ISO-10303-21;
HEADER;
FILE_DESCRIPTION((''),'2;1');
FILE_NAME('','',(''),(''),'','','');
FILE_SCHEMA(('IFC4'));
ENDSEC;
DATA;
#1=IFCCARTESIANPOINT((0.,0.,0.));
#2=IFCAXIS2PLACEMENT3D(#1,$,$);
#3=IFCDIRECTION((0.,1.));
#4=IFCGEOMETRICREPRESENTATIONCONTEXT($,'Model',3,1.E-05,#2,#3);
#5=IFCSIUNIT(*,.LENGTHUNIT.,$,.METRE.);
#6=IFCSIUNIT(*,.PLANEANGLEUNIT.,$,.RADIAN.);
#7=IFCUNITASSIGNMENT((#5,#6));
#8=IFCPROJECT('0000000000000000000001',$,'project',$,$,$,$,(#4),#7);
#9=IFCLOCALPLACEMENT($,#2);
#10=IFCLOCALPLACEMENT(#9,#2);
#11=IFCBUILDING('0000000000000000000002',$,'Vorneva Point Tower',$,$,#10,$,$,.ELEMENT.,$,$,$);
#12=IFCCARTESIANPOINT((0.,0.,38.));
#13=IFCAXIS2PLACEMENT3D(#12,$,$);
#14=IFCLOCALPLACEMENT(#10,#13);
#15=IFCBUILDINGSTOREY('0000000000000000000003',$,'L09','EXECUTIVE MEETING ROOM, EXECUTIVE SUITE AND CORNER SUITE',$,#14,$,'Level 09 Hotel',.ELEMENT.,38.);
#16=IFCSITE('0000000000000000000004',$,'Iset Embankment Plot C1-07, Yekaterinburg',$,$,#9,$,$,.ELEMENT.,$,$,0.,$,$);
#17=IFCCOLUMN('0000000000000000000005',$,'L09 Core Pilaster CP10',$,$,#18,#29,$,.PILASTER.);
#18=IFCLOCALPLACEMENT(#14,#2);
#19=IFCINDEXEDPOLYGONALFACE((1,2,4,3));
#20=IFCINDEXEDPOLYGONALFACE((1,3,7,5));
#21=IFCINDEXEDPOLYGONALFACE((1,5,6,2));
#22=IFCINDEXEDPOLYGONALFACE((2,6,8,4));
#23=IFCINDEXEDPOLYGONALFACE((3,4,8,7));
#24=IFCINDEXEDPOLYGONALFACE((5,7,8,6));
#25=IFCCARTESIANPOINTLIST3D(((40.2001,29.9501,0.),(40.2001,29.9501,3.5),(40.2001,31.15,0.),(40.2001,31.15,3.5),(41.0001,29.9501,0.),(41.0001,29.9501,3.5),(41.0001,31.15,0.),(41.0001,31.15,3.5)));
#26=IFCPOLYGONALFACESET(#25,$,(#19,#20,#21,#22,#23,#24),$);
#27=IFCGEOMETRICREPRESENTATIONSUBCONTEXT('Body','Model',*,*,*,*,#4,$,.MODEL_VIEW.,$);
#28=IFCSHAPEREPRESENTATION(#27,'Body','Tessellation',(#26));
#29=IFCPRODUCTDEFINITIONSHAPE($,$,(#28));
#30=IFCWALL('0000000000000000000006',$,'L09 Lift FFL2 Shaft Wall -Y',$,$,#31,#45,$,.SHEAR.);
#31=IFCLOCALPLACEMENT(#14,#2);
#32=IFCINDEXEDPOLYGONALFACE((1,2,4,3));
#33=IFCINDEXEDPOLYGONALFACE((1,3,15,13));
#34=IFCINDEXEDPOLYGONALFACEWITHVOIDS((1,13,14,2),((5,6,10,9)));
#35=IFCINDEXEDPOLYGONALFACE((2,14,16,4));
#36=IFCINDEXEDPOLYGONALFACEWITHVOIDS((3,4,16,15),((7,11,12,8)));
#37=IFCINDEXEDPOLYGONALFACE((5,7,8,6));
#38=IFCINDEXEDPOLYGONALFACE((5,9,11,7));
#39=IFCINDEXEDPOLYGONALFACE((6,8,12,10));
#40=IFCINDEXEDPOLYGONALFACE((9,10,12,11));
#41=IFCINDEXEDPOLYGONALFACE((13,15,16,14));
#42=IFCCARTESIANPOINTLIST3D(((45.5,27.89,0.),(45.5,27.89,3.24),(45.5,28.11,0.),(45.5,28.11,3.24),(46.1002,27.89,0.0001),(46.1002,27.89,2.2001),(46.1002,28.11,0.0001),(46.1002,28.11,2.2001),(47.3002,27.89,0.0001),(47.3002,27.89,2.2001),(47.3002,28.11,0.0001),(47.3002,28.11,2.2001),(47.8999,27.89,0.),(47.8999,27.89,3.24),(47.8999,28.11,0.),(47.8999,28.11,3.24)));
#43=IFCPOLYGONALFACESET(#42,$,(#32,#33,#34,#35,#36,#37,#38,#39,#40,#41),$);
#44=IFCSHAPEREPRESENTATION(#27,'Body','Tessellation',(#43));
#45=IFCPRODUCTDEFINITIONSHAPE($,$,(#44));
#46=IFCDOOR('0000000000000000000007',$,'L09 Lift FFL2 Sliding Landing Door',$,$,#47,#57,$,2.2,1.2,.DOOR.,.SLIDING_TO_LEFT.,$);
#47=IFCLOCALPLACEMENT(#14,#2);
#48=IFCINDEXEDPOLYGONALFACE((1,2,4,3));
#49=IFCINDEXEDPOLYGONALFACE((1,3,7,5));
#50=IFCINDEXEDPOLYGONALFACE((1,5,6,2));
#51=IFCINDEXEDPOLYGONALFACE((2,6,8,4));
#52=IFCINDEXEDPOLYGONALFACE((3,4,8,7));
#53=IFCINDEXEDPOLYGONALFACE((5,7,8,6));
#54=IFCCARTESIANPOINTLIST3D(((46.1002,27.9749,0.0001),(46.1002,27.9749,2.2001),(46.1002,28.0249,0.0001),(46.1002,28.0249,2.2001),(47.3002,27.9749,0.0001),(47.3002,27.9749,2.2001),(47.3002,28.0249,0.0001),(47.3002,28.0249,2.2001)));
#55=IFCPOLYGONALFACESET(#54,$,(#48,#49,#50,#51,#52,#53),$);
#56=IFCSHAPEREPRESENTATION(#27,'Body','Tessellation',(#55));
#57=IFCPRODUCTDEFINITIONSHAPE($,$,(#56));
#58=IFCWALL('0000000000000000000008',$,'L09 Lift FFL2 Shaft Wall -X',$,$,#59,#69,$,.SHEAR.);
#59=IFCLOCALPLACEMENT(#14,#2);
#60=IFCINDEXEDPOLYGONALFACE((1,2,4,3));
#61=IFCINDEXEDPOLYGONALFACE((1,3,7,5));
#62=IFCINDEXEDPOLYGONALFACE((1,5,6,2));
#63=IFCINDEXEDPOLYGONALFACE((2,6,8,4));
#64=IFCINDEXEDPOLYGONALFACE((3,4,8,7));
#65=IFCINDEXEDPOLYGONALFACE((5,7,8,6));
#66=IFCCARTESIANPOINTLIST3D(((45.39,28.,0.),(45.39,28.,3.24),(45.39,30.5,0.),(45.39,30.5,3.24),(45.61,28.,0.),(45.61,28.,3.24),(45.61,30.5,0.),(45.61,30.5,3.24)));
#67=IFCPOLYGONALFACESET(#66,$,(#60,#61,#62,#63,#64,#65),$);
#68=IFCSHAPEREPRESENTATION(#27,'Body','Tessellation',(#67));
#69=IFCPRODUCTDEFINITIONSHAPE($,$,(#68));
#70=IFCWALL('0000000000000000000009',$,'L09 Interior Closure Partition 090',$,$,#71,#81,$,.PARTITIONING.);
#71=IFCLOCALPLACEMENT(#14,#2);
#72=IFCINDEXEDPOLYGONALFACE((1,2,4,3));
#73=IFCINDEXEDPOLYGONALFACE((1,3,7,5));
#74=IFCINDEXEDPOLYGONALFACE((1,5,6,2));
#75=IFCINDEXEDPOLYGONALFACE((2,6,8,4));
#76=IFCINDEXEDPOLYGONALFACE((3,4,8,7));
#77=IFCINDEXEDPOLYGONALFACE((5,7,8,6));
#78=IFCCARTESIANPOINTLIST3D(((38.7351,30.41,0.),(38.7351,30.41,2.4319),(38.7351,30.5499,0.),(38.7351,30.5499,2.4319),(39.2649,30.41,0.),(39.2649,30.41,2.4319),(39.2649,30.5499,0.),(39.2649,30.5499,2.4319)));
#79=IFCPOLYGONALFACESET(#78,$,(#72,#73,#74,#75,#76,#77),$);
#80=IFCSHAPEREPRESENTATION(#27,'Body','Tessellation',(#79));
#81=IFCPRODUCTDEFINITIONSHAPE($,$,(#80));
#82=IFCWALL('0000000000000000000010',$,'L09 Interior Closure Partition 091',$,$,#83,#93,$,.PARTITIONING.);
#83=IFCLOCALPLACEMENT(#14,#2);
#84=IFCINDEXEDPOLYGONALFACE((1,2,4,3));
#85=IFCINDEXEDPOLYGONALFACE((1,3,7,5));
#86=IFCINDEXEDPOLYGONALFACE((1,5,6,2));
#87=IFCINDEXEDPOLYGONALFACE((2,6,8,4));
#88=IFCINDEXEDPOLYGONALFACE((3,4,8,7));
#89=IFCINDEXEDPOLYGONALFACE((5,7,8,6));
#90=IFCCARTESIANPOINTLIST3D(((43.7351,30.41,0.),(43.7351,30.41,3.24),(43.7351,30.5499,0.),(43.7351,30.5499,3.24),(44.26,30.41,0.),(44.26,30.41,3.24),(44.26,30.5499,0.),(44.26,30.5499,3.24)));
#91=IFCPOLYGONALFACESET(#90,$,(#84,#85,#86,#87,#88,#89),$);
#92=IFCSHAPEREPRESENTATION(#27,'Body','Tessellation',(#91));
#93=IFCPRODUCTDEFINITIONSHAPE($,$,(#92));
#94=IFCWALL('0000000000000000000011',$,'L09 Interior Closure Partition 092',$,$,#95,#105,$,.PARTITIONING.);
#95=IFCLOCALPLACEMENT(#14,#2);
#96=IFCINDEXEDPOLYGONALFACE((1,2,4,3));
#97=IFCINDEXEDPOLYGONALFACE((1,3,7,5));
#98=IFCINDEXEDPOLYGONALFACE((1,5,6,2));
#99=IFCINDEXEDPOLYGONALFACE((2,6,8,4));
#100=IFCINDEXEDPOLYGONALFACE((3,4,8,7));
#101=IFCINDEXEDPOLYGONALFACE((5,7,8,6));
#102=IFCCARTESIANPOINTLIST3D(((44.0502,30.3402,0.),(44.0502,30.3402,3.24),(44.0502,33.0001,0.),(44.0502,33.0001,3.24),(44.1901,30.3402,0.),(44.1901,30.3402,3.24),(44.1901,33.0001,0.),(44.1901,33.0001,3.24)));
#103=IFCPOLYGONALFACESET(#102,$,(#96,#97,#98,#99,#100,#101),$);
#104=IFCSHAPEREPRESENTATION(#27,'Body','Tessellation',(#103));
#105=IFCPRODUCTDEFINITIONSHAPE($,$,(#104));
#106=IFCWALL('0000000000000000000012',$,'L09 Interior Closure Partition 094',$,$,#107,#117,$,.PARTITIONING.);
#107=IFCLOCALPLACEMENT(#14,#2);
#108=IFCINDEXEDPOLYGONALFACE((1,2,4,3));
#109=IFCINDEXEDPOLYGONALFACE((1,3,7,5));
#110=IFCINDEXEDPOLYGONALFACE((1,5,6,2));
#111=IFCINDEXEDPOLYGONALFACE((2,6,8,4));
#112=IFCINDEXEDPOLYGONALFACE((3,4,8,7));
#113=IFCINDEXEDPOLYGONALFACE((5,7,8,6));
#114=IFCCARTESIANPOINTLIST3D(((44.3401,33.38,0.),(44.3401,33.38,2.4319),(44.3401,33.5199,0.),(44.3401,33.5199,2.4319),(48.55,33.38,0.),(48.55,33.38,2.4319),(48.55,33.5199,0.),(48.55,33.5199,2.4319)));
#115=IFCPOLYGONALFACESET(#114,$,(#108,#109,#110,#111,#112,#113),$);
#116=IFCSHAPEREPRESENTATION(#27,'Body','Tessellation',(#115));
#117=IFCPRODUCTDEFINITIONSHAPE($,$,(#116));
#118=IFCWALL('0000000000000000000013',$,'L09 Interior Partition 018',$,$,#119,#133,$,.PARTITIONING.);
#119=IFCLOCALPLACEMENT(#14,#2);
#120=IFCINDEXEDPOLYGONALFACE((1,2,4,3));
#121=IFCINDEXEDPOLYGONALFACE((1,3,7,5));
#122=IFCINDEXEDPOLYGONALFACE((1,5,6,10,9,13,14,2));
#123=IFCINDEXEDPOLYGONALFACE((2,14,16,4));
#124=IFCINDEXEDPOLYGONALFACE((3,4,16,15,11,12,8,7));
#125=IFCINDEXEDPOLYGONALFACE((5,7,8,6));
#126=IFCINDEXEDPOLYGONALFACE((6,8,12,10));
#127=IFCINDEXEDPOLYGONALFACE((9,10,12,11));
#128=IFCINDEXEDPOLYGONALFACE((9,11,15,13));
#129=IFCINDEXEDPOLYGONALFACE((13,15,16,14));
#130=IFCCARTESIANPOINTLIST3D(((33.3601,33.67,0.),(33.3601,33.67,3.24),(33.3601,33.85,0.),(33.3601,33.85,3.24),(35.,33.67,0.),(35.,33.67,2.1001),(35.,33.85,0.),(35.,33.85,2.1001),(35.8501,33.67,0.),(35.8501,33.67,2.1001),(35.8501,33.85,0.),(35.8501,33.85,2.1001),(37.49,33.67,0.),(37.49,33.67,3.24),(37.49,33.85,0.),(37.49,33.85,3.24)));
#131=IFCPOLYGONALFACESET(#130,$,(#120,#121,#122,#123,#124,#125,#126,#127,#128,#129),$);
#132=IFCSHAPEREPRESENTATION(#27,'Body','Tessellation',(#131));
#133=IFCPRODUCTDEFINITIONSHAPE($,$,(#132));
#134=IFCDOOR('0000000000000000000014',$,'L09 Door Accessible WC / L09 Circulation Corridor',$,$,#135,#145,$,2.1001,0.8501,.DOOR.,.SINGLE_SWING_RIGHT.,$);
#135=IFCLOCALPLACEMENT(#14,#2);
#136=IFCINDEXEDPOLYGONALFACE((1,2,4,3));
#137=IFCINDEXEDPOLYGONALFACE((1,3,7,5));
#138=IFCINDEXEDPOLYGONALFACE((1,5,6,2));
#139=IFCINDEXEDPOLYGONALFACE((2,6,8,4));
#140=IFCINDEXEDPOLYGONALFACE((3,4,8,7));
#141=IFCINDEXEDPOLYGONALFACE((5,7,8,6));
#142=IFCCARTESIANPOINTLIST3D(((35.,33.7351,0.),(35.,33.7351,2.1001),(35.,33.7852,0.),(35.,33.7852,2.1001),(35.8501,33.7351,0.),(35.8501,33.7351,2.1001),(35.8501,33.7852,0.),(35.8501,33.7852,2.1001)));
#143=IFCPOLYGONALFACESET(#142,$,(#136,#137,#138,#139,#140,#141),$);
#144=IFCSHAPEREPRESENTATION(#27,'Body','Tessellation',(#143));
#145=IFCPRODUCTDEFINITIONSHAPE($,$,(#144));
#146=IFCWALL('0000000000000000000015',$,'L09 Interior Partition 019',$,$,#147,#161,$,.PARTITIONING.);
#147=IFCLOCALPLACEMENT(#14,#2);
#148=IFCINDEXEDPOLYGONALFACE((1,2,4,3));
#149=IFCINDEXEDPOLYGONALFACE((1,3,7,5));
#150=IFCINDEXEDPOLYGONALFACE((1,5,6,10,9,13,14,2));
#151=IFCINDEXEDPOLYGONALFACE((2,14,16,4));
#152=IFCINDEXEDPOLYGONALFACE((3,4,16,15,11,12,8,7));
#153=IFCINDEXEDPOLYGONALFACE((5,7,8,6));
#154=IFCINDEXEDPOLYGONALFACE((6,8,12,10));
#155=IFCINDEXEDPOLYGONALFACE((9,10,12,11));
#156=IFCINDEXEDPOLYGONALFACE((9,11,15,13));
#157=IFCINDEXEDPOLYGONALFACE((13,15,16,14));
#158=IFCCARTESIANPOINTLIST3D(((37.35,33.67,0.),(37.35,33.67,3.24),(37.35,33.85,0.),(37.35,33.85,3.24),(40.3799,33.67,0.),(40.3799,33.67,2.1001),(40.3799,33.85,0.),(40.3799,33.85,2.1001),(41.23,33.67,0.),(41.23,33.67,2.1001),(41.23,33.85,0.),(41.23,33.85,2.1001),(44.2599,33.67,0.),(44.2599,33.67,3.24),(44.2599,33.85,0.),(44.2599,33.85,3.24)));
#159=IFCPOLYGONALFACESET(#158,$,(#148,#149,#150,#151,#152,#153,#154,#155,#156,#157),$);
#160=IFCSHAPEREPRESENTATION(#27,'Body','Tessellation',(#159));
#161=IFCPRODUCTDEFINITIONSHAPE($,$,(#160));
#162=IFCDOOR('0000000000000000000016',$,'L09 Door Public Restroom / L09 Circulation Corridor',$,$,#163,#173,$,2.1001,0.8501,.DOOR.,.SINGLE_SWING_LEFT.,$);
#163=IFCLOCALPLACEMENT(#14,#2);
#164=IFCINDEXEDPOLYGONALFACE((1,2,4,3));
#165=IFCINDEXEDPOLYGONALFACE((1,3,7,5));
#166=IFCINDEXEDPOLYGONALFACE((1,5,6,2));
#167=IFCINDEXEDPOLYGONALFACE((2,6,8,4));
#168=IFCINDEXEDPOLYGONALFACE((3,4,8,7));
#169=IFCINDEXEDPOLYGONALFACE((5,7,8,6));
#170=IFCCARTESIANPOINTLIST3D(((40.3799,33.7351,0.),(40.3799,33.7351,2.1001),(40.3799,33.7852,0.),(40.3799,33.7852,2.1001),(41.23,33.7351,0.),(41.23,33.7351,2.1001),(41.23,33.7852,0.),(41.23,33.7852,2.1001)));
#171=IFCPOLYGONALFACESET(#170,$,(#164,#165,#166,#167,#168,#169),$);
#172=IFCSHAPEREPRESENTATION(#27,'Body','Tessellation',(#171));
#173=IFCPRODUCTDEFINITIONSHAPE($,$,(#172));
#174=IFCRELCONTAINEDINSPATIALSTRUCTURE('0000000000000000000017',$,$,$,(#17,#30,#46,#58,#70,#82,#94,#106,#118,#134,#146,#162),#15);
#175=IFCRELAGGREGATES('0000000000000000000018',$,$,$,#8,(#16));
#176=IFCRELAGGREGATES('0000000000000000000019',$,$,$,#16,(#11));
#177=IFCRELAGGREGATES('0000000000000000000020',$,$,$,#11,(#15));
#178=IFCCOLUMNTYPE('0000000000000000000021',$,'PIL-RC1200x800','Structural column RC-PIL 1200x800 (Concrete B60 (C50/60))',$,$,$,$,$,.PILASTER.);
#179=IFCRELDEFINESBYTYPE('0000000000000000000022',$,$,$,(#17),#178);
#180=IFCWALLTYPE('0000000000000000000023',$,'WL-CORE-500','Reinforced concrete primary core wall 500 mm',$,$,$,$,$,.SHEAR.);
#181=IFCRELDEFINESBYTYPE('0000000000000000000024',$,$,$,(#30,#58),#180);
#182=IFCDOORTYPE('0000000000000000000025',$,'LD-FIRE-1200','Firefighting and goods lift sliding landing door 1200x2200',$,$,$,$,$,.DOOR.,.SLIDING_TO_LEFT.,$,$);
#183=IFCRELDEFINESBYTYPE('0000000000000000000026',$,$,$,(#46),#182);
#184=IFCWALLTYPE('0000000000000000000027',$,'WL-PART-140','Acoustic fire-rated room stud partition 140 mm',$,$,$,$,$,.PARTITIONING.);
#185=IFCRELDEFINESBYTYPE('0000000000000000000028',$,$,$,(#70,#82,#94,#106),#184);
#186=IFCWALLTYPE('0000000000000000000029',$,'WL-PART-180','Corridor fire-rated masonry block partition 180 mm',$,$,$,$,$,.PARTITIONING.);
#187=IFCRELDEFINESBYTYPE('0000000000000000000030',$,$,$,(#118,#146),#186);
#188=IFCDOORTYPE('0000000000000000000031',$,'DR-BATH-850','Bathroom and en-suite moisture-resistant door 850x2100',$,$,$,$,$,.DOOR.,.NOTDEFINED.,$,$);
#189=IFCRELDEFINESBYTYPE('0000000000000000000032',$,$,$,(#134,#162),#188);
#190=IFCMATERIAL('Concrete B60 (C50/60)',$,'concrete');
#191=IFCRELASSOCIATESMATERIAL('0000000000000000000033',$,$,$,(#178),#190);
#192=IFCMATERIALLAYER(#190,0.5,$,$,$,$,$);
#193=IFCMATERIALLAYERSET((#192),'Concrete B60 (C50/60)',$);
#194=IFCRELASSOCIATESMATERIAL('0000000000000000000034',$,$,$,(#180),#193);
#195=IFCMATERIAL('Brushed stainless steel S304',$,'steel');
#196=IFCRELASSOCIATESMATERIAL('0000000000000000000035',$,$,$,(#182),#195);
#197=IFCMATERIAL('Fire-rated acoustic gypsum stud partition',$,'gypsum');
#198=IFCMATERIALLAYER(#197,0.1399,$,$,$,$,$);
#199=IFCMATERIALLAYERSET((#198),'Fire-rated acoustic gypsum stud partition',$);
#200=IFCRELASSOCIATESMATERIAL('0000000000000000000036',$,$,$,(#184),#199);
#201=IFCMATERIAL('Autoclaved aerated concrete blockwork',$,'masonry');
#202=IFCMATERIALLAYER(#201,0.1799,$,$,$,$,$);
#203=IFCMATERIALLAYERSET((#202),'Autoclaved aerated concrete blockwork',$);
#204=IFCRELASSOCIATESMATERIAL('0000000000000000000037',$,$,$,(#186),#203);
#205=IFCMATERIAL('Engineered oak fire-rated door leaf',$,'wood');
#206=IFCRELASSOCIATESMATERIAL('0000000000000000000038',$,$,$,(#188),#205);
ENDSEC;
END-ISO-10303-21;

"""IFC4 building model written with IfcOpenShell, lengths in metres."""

from ifc_helpers import new_model, si_unit, direction, frame, frame_2d, origin, origin_2d, place, context, subcontext, project, spatial, rectangle, extrude, material, layer, layer_set, material_profile, profile_set, type_object, element, fill, save


model = new_model("IFC4")

# Units and contexts
model_context = context("Model", 3, precision=1e-05, world=origin(), true_north=direction((0.0, 1.0)))
body_context = subcontext(model_context, "Body", "Model", "MODEL_VIEW")
ifc_project = project(units=[si_unit("LENGTHUNIT", "METRE"), si_unit("PLANEANGLEUNIT", "RADIAN")], contexts=[model_context])

# Site, building, storey
site_placement = place(None, origin())
site = spatial("IfcSite", under=ifc_project, at=site_placement, Name="Iset Embankment Plot C1-07, Yekaterinburg", CompositionType="ELEMENT", RefElevation=0.0)
building_placement = place(site_placement, origin())
building = spatial("IfcBuilding", under=site, at=building_placement, Name="Vorneva Point Tower", CompositionType="ELEMENT")
storey_placement = place(building_placement, frame((0.0, 0.0, 38.0)))
storey = spatial("IfcBuildingStorey", under=building, at=storey_placement, Name="L09", Description="EXECUTIVE MEETING ROOM, EXECUTIVE SUITE AND CORNER SUITE", LongName="Level 09 Hotel", CompositionType="ELEMENT", Elevation=38.0)

# Column
ifc_material_1 = material(Name="Concrete B60 (C50/60)", Category="concrete")
ifc_material_profile = material_profile(ifc_material_1, rectangle(XDim=0.8, YDim=1.2, at=origin_2d()), Name="RC-PIL 1200x800")
ifc_profile_set = profile_set([ifc_material_profile], Name="Concrete B60 (C50/60)")
column_type = type_object("IfcColumnType", Name="PIL-RC1200x800", Description="Structural column RC-PIL 1200x800 (Concrete B60 (C50/60))", PredefinedType="PILASTER", material=ifc_profile_set)
column_placement = place(storey_placement, frame((40.6001, 30.55, 0.0), z_axis=(0.0, 0.0, 1.0), x_axis=(1.0, 0.0, 0.0)))
element("IfcColumn", 1, at=column_placement, inside=storey, type_object=column_type, Name="L09 Core Pilaster CP10", PredefinedType="PILASTER", context=body_context, shape_type="SweptSolid", body=[
    extrude(rectangle(XDim=0.8, YDim=1.2, at=origin_2d()), origin(), (0.0, 0.0, 1.0), 3.5),
])

# Wall, opening, door
ifc_layer_1 = layer(ifc_material_1, 0.5)
ifc_layer_set_1 = layer_set([ifc_layer_1], Name="Concrete B60 (C50/60)")
wall_type_1 = type_object("IfcWallType", Name="WL-CORE-500", Description="Reinforced concrete primary core wall 500 mm", PredefinedType="SHEAR", material=ifc_layer_set_1)
wall_1_placement = place(storey_placement, frame((45.5, 28.0, 0.0), z_axis=(0.0, 0.0, 1.0), x_axis=(1.0, 0.0, 0.0)))
wall_1 = element("IfcWall", 2, at=wall_1_placement, inside=storey, type_object=wall_type_1, Name="L09 Lift FFL2 Shaft Wall -Y", PredefinedType="SHEAR", context=body_context, shape_type="SweptSolid", body=[
    extrude(rectangle(XDim=2.3999, YDim=0.22, at=frame_2d((1.2, 0.0))), origin(), (0.0, 0.0, 1.0), 3.24),
])
opening_1_placement = place(wall_1_placement, frame((0.6001, 0.0, 0.0)))
opening_1 = element("IfcOpeningElement", 3, at=opening_1_placement, cuts=wall_1, PredefinedType="OPENING", context=body_context, shape_type="SweptSolid", body=[
    extrude(rectangle(XDim=1.2, YDim=2.2, at=frame_2d((0.6001, 1.1001))), frame((0.0, 0.125, 0.0), z_axis=(0.0, -1.0, 0.0), x_axis=(1.0, 0.0, 0.0)), (0.0, 0.0, 1.0), 0.2498),
])
ifc_material_2 = material(Name="Brushed stainless steel S304", Category="steel")
door_type_1 = type_object("IfcDoorType", Name="LD-FIRE-1200", Description="Firefighting and goods lift sliding landing door 1200x2200", OperationType="SLIDING_TO_LEFT", PredefinedType="DOOR", material=ifc_material_2)
door_1_placement = place(opening_1_placement, origin())
door_1 = element("IfcDoor", 4, at=door_1_placement, inside=storey, type_object=door_type_1, Name="L09 Lift FFL2 Sliding Landing Door", OperationType="SLIDING_TO_LEFT", OverallHeight=2.2, OverallWidth=1.2, PredefinedType="DOOR", context=body_context, shape_type="SweptSolid", body=[
    extrude(rectangle(XDim=1.2, YDim=2.2, at=frame_2d((0.6001, 1.1001))), frame((0.0, 0.0249, 0.0), z_axis=(0.0, -1.0, 0.0), x_axis=(1.0, 0.0, 0.0)), (0.0, 0.0, 1.0), 0.05),
])
fill(opening_1, door_1)

# Walls
wall_2_placement = place(storey_placement, frame((45.5, 30.5, 0.0), z_axis=(0.0, 0.0, 1.0), x_axis=(0.0, -1.0, 0.0)))
element("IfcWall", 5, at=wall_2_placement, inside=storey, type_object=wall_type_1, Name="L09 Lift FFL2 Shaft Wall -X", PredefinedType="SHEAR", context=body_context, shape_type="SweptSolid", body=[
    extrude(rectangle(XDim=2.5, YDim=0.22, at=frame_2d((1.25, 0.0))), origin(), (0.0, 0.0, 1.0), 3.24),
])
ifc_material_3 = material(Name="Fire-rated acoustic gypsum stud partition", Category="gypsum")
ifc_layer_2 = layer(ifc_material_3, 0.1399)
ifc_layer_set_2 = layer_set([ifc_layer_2], Name="Fire-rated acoustic gypsum stud partition")
wall_type_2 = type_object("IfcWallType", Name="WL-PART-140", Description="Acoustic fire-rated room stud partition 140 mm", PredefinedType="PARTITIONING", material=ifc_layer_set_2)
wall_3_placement = place(storey_placement, frame((38.7351, 30.48, 0.0), z_axis=(0.0, 0.0, 1.0), x_axis=(1.0, 0.0, 0.0)))
element("IfcWall", 6, at=wall_3_placement, inside=storey, type_object=wall_type_2, Name="L09 Interior Closure Partition 090", PredefinedType="PARTITIONING", context=body_context, shape_type="SweptSolid", body=[
    extrude(rectangle(XDim=0.5298, YDim=0.1399, at=frame_2d((0.2649, 0.0))), origin(), (0.0, 0.0, 1.0), 2.4319),
])
wall_4_placement = place(storey_placement, frame((43.7351, 30.48, 0.0), z_axis=(0.0, 0.0, 1.0), x_axis=(1.0, 0.0, 0.0)))
element("IfcWall", 7, at=wall_4_placement, inside=storey, type_object=wall_type_2, Name="L09 Interior Closure Partition 091", PredefinedType="PARTITIONING", context=body_context, shape_type="SweptSolid", body=[
    extrude(rectangle(XDim=0.5249, YDim=0.1399, at=frame_2d((0.2625, 0.0))), origin(), (0.0, 0.0, 1.0), 3.24),
])
wall_5_placement = place(storey_placement, frame((44.1201, 30.3401, 0.0), z_axis=(0.0, 0.0, 1.0), x_axis=(0.0, 1.0, 0.0)))
element("IfcWall", 8, at=wall_5_placement, inside=storey, type_object=wall_type_2, Name="L09 Interior Closure Partition 092", PredefinedType="PARTITIONING", context=body_context, shape_type="SweptSolid", body=[
    extrude(rectangle(XDim=2.6599, YDim=0.1399, at=frame_2d((1.3301, 0.0))), origin(), (0.0, 0.0, 1.0), 3.24),
])
wall_6_placement = place(storey_placement, frame((44.3401, 33.45, 0.0), z_axis=(0.0, 0.0, 1.0), x_axis=(1.0, 0.0, 0.0)))
element("IfcWall", 9, at=wall_6_placement, inside=storey, type_object=wall_type_2, Name="L09 Interior Closure Partition 094", PredefinedType="PARTITIONING", context=body_context, shape_type="SweptSolid", body=[
    extrude(rectangle(XDim=4.21, YDim=0.1399, at=frame_2d((2.105, 0.0))), origin(), (0.0, 0.0, 1.0), 2.4319),
])

# Walls, openings, doors
ifc_material_4 = material(Name="Autoclaved aerated concrete blockwork", Category="masonry")
ifc_layer_3 = layer(ifc_material_4, 0.1799)
ifc_layer_set_3 = layer_set([ifc_layer_3], Name="Autoclaved aerated concrete blockwork")
wall_type_3 = type_object("IfcWallType", Name="WL-PART-180", Description="Corridor fire-rated masonry block partition 180 mm", PredefinedType="PARTITIONING", material=ifc_layer_set_3)
wall_7_placement = place(storey_placement, frame((37.49, 33.76, 0.0), z_axis=(0.0, 0.0, 1.0), x_axis=(-1.0, 0.0, 0.0)))
wall_7 = element("IfcWall", 10, at=wall_7_placement, inside=storey, type_object=wall_type_3, Name="L09 Interior Partition 018", PredefinedType="PARTITIONING", context=body_context, shape_type="SweptSolid", body=[
    extrude(rectangle(XDim=4.1299, YDim=0.1799, at=frame_2d((2.0649, 0.0))), origin(), (0.0, 0.0, 1.0), 3.24),
])
opening_2_placement = place(wall_7_placement, frame((1.6399, 0.0, 0.0)))
opening_2 = element("IfcOpeningElement", 11, at=opening_2_placement, cuts=wall_7, PredefinedType="OPENING", context=body_context, shape_type="SweptSolid", body=[
    extrude(rectangle(XDim=0.8501, YDim=2.1001, at=frame_2d((0.425, 1.05))), frame((0.0, 0.105, 0.0), z_axis=(0.0, -1.0, 0.0), x_axis=(1.0, 0.0, 0.0)), (0.0, 0.0, 1.0), 0.2097),
])
ifc_material_5 = material(Name="Engineered oak fire-rated door leaf", Category="wood")
door_type_2 = type_object("IfcDoorType", Name="DR-BATH-850", Description="Bathroom and en-suite moisture-resistant door 850x2100", OperationType="NOTDEFINED", PredefinedType="DOOR", material=ifc_material_5)
door_2_placement = place(opening_2_placement, origin())
door_2 = element("IfcDoor", 12, at=door_2_placement, inside=storey, type_object=door_type_2, Name="L09 Door Accessible WC / L09 Circulation Corridor", OperationType="SINGLE_SWING_RIGHT", OverallHeight=2.1001, OverallWidth=0.8501, PredefinedType="DOOR", context=body_context, shape_type="SweptSolid", body=[
    extrude(rectangle(XDim=0.8501, YDim=2.1001, at=frame_2d((0.425, 1.05))), frame((0.0, 0.0249, 0.0), z_axis=(0.0, -1.0, 0.0), x_axis=(1.0, 0.0, 0.0)), (0.0, 0.0, 1.0), 0.05),
])
fill(opening_2, door_2)
wall_8_placement = place(storey_placement, frame((44.26, 33.76, 0.0), z_axis=(0.0, 0.0, 1.0), x_axis=(-1.0, 0.0, 0.0)))
wall_8 = element("IfcWall", 13, at=wall_8_placement, inside=storey, type_object=wall_type_3, Name="L09 Interior Partition 019", PredefinedType="PARTITIONING", context=body_context, shape_type="SweptSolid", body=[
    extrude(rectangle(XDim=6.9099, YDim=0.1799, at=frame_2d((3.4551, 0.0))), origin(), (0.0, 0.0, 1.0), 3.24),
])
opening_3_placement = place(wall_8_placement, frame((3.03, 0.0, 0.0)))
opening_3 = element("IfcOpeningElement", 14, at=opening_3_placement, cuts=wall_8, PredefinedType="OPENING", context=body_context, shape_type="SweptSolid", body=[
    extrude(rectangle(XDim=0.8501, YDim=2.1001, at=frame_2d((0.425, 1.05))), frame((0.0, 0.105, 0.0), z_axis=(0.0, -1.0, 0.0), x_axis=(1.0, 0.0, 0.0)), (0.0, 0.0, 1.0), 0.2097),
])
door_3_placement = place(opening_3_placement, origin())
door_3 = element("IfcDoor", 15, at=door_3_placement, inside=storey, type_object=door_type_2, Name="L09 Door Public Restroom / L09 Circulation Corridor", OperationType="SINGLE_SWING_LEFT", OverallHeight=2.1001, OverallWidth=0.8501, PredefinedType="DOOR", context=body_context, shape_type="SweptSolid", body=[
    extrude(rectangle(XDim=0.8501, YDim=2.1001, at=frame_2d((0.425, 1.05))), frame((0.0, 0.0249, 0.0), z_axis=(0.0, -1.0, 0.0), x_axis=(1.0, 0.0, 0.0)), (0.0, 0.0, 1.0), 0.05),
])
fill(opening_3, door_3)

save(model, "model.ifc")
